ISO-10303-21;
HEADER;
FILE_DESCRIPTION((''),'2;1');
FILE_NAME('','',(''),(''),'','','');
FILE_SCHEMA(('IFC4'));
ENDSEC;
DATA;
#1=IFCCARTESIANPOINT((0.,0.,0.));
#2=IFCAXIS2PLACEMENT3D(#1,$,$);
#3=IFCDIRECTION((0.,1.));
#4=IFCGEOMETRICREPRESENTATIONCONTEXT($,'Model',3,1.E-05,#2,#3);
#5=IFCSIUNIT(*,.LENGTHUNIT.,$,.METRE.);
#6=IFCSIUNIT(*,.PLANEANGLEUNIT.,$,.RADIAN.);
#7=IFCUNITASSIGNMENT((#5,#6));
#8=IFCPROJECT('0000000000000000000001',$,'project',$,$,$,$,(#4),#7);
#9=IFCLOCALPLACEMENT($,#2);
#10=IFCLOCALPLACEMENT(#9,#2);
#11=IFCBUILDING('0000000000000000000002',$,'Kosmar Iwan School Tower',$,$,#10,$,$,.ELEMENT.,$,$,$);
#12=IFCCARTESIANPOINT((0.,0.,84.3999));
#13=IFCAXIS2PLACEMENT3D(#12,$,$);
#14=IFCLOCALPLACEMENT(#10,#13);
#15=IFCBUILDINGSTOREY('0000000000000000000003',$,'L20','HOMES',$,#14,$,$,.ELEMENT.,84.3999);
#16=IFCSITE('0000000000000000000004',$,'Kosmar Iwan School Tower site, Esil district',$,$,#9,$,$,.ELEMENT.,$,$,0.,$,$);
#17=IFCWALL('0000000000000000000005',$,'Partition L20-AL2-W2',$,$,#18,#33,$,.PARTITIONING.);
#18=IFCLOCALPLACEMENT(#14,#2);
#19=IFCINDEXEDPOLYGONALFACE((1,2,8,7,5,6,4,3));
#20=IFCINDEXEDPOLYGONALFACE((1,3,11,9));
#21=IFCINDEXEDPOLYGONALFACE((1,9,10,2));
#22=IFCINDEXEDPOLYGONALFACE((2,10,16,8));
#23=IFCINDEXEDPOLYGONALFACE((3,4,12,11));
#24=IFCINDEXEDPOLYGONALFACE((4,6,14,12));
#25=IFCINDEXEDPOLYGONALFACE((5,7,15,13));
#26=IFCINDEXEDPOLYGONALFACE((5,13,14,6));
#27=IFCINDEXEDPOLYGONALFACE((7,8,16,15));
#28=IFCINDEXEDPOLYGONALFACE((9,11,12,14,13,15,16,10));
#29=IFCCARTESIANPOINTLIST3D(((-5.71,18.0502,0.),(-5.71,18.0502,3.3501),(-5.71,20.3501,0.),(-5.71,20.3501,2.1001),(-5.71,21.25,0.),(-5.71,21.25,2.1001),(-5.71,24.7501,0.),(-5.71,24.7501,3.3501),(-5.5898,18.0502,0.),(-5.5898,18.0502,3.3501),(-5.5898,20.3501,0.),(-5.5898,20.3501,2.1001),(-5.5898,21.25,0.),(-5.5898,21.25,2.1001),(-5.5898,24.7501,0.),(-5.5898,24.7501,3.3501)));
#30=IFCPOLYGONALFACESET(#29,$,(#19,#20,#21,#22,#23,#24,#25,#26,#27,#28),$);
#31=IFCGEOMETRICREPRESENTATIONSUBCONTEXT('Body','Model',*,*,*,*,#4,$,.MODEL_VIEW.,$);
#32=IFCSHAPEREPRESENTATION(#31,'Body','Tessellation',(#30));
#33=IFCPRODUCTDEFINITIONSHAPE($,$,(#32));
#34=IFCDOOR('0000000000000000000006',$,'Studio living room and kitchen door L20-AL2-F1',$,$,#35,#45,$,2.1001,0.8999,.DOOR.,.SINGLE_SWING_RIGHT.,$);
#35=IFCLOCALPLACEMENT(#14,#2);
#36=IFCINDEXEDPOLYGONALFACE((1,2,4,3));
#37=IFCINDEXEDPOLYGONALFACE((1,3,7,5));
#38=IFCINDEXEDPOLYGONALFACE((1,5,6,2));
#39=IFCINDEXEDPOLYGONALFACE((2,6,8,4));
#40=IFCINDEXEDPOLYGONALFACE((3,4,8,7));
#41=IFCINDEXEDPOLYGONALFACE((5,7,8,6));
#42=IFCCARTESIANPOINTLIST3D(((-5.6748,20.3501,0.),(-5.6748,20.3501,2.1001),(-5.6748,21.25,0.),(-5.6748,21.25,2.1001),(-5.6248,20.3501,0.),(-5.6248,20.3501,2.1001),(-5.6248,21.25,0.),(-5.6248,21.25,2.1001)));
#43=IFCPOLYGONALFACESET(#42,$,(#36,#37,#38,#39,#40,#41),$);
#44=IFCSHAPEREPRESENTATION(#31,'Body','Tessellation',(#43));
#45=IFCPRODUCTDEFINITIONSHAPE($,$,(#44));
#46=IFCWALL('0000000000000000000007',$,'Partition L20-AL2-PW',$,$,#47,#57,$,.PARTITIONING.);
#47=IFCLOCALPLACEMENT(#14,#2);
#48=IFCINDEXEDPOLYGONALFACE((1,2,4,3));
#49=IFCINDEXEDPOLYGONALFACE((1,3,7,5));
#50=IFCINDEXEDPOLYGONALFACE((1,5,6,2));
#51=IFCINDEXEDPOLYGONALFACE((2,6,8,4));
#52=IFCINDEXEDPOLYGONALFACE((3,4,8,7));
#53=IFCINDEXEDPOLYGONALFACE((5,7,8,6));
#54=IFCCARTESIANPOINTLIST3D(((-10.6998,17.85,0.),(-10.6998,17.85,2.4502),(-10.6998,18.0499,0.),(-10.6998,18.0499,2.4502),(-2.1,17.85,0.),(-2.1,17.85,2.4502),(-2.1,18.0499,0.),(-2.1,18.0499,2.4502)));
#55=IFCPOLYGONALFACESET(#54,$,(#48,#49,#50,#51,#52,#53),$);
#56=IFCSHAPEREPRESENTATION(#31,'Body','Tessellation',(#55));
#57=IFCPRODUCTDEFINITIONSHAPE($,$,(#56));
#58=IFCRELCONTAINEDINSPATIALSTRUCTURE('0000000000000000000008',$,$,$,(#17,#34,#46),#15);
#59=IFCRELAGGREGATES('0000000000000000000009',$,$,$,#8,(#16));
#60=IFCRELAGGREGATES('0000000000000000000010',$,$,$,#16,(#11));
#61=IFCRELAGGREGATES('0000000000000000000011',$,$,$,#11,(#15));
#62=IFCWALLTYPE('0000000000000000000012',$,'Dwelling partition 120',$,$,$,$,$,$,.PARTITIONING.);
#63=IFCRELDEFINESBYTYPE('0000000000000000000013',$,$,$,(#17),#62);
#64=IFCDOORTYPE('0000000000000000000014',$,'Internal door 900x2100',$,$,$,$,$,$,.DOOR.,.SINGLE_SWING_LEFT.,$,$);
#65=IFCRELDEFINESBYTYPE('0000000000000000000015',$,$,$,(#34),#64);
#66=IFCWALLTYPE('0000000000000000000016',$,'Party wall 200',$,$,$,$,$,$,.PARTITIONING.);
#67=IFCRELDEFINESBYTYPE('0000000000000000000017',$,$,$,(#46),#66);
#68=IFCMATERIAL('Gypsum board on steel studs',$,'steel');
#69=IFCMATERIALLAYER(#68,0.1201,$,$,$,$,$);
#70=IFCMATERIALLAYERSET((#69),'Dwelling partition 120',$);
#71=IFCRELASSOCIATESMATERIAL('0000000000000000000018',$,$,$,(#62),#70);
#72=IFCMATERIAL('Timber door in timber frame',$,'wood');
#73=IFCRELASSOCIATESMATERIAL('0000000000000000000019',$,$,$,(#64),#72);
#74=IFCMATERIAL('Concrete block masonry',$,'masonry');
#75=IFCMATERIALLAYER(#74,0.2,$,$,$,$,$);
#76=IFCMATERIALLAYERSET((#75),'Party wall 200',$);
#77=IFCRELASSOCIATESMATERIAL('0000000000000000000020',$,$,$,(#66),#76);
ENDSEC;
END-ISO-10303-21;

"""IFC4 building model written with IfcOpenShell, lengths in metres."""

from ifc_helpers import new_model, si_unit, direction, frame, frame_2d, origin, place, context, subcontext, project, spatial, rectangle, extrude, material, layer, layer_set, type_object, element, fill, save


model = new_model("IFC4")

# Units and contexts
model_context = context("Model", 3, precision=1e-05, world=origin(), true_north=direction((0.0, 1.0)))
body_context = subcontext(model_context, "Body", "Model", "MODEL_VIEW")
ifc_project = project(units=[si_unit("LENGTHUNIT", "METRE"), si_unit("PLANEANGLEUNIT", "RADIAN")], contexts=[model_context])

# Site, building, storey
site_placement = place(None, origin())
site = spatial("IfcSite", under=ifc_project, at=site_placement, Name="Kosmar Iwan School Tower site, Esil district", CompositionType="ELEMENT", RefElevation=0.0)
building_placement = place(site_placement, origin())
building = spatial("IfcBuilding", under=site, at=building_placement, Name="Kosmar Iwan School Tower", CompositionType="ELEMENT")
storey_placement = place(building_placement, frame((0.0, 0.0, 84.3999)))
storey = spatial("IfcBuildingStorey", under=building, at=storey_placement, Name="L20", Description="HOMES", CompositionType="ELEMENT", Elevation=84.3999)

# Shared definitions
ifc_material_1 = material(Name="Gypsum board on steel studs", Category="steel")
ifc_layer_1 = layer(ifc_material_1, 0.1201)
ifc_layer_set_1 = layer_set([ifc_layer_1], Name="Dwelling partition 120")
wall_type_1 = type_object("IfcWallType", Name="Dwelling partition 120", PredefinedType="PARTITIONING", material=ifc_layer_set_1)

# Wall, opening, door
wall_1_placement = place(storey_placement, frame((-5.6499, 18.05, 0.0), z_axis=(0.0, 0.0, 1.0), x_axis=(0.0, 1.0, 0.0)))
wall_1 = element("IfcWall", 1, at=wall_1_placement, inside=storey, type_object=wall_type_1, Name="Partition L20-AL2-W2", PredefinedType="PARTITIONING", context=body_context, shape_type="SweptSolid", body=[
    extrude(rectangle(XDim=6.7, YDim=0.1201, at=frame_2d((3.3501, 0.0))), origin(), (0.0, 0.0, 1.0), 3.3501),
])
opening_1_placement = place(wall_1_placement, frame((2.3, 0.0, 0.0)))
opening_1 = element("IfcOpeningElement", 2, at=opening_1_placement, cuts=wall_1, PredefinedType="OPENING", context=body_context, shape_type="SweptSolid", body=[
    extrude(rectangle(XDim=0.8999, YDim=2.1001, at=frame_2d((0.45, 1.05))), frame((0.0, 0.072, 0.0), z_axis=(0.0, -1.0, 0.0), x_axis=(1.0, 0.0, 0.0)), (0.0, 0.0, 1.0), 0.144),
])
ifc_material_2 = material(Name="Timber door in timber frame", Category="wood")
door_type_1 = type_object("IfcDoorType", Name="Internal door 900x2100", OperationType="SINGLE_SWING_LEFT", PredefinedType="DOOR", material=ifc_material_2)
door_1_placement = place(opening_1_placement, origin())
door_1 = element("IfcDoor", 3, at=door_1_placement, inside=storey, type_object=door_type_1, Name="Studio living room and kitchen door L20-AL2-F1", OperationType="SINGLE_SWING_RIGHT", OverallHeight=2.1001, OverallWidth=0.8999, PredefinedType="DOOR", context=body_context, shape_type="SweptSolid", body=[
    extrude(rectangle(XDim=0.8999, YDim=2.1001, at=frame_2d((0.45, 1.05))), frame((0.0, 0.0249, 0.0), z_axis=(0.0, -1.0, 0.0), x_axis=(1.0, 0.0, 0.0)), (0.0, 0.0, 1.0), 0.05),
])
fill(opening_1, door_1)

# Wall
ifc_material_3 = material(Name="Concrete block masonry", Category="masonry")
ifc_layer_2 = layer(ifc_material_3, 0.2)
ifc_layer_set_2 = layer_set([ifc_layer_2], Name="Party wall 200")
wall_type_2 = type_object("IfcWallType", Name="Party wall 200", PredefinedType="PARTITIONING", material=ifc_layer_set_2)
wall_2_placement = place(storey_placement, frame((-2.1001, 17.95, 0.0), z_axis=(0.0, 0.0, 1.0), x_axis=(-1.0, 0.0, 0.0)))
element("IfcWall", 4, at=wall_2_placement, inside=storey, type_object=wall_type_2, Name="Partition L20-AL2-PW", PredefinedType="PARTITIONING", context=body_context, shape_type="SweptSolid", body=[
    extrude(rectangle(XDim=8.5999, YDim=0.2, at=frame_2d((4.2998, 0.0))), origin(), (0.0, 0.0, 1.0), 2.4502),
])

save(model, "model.ifc")
